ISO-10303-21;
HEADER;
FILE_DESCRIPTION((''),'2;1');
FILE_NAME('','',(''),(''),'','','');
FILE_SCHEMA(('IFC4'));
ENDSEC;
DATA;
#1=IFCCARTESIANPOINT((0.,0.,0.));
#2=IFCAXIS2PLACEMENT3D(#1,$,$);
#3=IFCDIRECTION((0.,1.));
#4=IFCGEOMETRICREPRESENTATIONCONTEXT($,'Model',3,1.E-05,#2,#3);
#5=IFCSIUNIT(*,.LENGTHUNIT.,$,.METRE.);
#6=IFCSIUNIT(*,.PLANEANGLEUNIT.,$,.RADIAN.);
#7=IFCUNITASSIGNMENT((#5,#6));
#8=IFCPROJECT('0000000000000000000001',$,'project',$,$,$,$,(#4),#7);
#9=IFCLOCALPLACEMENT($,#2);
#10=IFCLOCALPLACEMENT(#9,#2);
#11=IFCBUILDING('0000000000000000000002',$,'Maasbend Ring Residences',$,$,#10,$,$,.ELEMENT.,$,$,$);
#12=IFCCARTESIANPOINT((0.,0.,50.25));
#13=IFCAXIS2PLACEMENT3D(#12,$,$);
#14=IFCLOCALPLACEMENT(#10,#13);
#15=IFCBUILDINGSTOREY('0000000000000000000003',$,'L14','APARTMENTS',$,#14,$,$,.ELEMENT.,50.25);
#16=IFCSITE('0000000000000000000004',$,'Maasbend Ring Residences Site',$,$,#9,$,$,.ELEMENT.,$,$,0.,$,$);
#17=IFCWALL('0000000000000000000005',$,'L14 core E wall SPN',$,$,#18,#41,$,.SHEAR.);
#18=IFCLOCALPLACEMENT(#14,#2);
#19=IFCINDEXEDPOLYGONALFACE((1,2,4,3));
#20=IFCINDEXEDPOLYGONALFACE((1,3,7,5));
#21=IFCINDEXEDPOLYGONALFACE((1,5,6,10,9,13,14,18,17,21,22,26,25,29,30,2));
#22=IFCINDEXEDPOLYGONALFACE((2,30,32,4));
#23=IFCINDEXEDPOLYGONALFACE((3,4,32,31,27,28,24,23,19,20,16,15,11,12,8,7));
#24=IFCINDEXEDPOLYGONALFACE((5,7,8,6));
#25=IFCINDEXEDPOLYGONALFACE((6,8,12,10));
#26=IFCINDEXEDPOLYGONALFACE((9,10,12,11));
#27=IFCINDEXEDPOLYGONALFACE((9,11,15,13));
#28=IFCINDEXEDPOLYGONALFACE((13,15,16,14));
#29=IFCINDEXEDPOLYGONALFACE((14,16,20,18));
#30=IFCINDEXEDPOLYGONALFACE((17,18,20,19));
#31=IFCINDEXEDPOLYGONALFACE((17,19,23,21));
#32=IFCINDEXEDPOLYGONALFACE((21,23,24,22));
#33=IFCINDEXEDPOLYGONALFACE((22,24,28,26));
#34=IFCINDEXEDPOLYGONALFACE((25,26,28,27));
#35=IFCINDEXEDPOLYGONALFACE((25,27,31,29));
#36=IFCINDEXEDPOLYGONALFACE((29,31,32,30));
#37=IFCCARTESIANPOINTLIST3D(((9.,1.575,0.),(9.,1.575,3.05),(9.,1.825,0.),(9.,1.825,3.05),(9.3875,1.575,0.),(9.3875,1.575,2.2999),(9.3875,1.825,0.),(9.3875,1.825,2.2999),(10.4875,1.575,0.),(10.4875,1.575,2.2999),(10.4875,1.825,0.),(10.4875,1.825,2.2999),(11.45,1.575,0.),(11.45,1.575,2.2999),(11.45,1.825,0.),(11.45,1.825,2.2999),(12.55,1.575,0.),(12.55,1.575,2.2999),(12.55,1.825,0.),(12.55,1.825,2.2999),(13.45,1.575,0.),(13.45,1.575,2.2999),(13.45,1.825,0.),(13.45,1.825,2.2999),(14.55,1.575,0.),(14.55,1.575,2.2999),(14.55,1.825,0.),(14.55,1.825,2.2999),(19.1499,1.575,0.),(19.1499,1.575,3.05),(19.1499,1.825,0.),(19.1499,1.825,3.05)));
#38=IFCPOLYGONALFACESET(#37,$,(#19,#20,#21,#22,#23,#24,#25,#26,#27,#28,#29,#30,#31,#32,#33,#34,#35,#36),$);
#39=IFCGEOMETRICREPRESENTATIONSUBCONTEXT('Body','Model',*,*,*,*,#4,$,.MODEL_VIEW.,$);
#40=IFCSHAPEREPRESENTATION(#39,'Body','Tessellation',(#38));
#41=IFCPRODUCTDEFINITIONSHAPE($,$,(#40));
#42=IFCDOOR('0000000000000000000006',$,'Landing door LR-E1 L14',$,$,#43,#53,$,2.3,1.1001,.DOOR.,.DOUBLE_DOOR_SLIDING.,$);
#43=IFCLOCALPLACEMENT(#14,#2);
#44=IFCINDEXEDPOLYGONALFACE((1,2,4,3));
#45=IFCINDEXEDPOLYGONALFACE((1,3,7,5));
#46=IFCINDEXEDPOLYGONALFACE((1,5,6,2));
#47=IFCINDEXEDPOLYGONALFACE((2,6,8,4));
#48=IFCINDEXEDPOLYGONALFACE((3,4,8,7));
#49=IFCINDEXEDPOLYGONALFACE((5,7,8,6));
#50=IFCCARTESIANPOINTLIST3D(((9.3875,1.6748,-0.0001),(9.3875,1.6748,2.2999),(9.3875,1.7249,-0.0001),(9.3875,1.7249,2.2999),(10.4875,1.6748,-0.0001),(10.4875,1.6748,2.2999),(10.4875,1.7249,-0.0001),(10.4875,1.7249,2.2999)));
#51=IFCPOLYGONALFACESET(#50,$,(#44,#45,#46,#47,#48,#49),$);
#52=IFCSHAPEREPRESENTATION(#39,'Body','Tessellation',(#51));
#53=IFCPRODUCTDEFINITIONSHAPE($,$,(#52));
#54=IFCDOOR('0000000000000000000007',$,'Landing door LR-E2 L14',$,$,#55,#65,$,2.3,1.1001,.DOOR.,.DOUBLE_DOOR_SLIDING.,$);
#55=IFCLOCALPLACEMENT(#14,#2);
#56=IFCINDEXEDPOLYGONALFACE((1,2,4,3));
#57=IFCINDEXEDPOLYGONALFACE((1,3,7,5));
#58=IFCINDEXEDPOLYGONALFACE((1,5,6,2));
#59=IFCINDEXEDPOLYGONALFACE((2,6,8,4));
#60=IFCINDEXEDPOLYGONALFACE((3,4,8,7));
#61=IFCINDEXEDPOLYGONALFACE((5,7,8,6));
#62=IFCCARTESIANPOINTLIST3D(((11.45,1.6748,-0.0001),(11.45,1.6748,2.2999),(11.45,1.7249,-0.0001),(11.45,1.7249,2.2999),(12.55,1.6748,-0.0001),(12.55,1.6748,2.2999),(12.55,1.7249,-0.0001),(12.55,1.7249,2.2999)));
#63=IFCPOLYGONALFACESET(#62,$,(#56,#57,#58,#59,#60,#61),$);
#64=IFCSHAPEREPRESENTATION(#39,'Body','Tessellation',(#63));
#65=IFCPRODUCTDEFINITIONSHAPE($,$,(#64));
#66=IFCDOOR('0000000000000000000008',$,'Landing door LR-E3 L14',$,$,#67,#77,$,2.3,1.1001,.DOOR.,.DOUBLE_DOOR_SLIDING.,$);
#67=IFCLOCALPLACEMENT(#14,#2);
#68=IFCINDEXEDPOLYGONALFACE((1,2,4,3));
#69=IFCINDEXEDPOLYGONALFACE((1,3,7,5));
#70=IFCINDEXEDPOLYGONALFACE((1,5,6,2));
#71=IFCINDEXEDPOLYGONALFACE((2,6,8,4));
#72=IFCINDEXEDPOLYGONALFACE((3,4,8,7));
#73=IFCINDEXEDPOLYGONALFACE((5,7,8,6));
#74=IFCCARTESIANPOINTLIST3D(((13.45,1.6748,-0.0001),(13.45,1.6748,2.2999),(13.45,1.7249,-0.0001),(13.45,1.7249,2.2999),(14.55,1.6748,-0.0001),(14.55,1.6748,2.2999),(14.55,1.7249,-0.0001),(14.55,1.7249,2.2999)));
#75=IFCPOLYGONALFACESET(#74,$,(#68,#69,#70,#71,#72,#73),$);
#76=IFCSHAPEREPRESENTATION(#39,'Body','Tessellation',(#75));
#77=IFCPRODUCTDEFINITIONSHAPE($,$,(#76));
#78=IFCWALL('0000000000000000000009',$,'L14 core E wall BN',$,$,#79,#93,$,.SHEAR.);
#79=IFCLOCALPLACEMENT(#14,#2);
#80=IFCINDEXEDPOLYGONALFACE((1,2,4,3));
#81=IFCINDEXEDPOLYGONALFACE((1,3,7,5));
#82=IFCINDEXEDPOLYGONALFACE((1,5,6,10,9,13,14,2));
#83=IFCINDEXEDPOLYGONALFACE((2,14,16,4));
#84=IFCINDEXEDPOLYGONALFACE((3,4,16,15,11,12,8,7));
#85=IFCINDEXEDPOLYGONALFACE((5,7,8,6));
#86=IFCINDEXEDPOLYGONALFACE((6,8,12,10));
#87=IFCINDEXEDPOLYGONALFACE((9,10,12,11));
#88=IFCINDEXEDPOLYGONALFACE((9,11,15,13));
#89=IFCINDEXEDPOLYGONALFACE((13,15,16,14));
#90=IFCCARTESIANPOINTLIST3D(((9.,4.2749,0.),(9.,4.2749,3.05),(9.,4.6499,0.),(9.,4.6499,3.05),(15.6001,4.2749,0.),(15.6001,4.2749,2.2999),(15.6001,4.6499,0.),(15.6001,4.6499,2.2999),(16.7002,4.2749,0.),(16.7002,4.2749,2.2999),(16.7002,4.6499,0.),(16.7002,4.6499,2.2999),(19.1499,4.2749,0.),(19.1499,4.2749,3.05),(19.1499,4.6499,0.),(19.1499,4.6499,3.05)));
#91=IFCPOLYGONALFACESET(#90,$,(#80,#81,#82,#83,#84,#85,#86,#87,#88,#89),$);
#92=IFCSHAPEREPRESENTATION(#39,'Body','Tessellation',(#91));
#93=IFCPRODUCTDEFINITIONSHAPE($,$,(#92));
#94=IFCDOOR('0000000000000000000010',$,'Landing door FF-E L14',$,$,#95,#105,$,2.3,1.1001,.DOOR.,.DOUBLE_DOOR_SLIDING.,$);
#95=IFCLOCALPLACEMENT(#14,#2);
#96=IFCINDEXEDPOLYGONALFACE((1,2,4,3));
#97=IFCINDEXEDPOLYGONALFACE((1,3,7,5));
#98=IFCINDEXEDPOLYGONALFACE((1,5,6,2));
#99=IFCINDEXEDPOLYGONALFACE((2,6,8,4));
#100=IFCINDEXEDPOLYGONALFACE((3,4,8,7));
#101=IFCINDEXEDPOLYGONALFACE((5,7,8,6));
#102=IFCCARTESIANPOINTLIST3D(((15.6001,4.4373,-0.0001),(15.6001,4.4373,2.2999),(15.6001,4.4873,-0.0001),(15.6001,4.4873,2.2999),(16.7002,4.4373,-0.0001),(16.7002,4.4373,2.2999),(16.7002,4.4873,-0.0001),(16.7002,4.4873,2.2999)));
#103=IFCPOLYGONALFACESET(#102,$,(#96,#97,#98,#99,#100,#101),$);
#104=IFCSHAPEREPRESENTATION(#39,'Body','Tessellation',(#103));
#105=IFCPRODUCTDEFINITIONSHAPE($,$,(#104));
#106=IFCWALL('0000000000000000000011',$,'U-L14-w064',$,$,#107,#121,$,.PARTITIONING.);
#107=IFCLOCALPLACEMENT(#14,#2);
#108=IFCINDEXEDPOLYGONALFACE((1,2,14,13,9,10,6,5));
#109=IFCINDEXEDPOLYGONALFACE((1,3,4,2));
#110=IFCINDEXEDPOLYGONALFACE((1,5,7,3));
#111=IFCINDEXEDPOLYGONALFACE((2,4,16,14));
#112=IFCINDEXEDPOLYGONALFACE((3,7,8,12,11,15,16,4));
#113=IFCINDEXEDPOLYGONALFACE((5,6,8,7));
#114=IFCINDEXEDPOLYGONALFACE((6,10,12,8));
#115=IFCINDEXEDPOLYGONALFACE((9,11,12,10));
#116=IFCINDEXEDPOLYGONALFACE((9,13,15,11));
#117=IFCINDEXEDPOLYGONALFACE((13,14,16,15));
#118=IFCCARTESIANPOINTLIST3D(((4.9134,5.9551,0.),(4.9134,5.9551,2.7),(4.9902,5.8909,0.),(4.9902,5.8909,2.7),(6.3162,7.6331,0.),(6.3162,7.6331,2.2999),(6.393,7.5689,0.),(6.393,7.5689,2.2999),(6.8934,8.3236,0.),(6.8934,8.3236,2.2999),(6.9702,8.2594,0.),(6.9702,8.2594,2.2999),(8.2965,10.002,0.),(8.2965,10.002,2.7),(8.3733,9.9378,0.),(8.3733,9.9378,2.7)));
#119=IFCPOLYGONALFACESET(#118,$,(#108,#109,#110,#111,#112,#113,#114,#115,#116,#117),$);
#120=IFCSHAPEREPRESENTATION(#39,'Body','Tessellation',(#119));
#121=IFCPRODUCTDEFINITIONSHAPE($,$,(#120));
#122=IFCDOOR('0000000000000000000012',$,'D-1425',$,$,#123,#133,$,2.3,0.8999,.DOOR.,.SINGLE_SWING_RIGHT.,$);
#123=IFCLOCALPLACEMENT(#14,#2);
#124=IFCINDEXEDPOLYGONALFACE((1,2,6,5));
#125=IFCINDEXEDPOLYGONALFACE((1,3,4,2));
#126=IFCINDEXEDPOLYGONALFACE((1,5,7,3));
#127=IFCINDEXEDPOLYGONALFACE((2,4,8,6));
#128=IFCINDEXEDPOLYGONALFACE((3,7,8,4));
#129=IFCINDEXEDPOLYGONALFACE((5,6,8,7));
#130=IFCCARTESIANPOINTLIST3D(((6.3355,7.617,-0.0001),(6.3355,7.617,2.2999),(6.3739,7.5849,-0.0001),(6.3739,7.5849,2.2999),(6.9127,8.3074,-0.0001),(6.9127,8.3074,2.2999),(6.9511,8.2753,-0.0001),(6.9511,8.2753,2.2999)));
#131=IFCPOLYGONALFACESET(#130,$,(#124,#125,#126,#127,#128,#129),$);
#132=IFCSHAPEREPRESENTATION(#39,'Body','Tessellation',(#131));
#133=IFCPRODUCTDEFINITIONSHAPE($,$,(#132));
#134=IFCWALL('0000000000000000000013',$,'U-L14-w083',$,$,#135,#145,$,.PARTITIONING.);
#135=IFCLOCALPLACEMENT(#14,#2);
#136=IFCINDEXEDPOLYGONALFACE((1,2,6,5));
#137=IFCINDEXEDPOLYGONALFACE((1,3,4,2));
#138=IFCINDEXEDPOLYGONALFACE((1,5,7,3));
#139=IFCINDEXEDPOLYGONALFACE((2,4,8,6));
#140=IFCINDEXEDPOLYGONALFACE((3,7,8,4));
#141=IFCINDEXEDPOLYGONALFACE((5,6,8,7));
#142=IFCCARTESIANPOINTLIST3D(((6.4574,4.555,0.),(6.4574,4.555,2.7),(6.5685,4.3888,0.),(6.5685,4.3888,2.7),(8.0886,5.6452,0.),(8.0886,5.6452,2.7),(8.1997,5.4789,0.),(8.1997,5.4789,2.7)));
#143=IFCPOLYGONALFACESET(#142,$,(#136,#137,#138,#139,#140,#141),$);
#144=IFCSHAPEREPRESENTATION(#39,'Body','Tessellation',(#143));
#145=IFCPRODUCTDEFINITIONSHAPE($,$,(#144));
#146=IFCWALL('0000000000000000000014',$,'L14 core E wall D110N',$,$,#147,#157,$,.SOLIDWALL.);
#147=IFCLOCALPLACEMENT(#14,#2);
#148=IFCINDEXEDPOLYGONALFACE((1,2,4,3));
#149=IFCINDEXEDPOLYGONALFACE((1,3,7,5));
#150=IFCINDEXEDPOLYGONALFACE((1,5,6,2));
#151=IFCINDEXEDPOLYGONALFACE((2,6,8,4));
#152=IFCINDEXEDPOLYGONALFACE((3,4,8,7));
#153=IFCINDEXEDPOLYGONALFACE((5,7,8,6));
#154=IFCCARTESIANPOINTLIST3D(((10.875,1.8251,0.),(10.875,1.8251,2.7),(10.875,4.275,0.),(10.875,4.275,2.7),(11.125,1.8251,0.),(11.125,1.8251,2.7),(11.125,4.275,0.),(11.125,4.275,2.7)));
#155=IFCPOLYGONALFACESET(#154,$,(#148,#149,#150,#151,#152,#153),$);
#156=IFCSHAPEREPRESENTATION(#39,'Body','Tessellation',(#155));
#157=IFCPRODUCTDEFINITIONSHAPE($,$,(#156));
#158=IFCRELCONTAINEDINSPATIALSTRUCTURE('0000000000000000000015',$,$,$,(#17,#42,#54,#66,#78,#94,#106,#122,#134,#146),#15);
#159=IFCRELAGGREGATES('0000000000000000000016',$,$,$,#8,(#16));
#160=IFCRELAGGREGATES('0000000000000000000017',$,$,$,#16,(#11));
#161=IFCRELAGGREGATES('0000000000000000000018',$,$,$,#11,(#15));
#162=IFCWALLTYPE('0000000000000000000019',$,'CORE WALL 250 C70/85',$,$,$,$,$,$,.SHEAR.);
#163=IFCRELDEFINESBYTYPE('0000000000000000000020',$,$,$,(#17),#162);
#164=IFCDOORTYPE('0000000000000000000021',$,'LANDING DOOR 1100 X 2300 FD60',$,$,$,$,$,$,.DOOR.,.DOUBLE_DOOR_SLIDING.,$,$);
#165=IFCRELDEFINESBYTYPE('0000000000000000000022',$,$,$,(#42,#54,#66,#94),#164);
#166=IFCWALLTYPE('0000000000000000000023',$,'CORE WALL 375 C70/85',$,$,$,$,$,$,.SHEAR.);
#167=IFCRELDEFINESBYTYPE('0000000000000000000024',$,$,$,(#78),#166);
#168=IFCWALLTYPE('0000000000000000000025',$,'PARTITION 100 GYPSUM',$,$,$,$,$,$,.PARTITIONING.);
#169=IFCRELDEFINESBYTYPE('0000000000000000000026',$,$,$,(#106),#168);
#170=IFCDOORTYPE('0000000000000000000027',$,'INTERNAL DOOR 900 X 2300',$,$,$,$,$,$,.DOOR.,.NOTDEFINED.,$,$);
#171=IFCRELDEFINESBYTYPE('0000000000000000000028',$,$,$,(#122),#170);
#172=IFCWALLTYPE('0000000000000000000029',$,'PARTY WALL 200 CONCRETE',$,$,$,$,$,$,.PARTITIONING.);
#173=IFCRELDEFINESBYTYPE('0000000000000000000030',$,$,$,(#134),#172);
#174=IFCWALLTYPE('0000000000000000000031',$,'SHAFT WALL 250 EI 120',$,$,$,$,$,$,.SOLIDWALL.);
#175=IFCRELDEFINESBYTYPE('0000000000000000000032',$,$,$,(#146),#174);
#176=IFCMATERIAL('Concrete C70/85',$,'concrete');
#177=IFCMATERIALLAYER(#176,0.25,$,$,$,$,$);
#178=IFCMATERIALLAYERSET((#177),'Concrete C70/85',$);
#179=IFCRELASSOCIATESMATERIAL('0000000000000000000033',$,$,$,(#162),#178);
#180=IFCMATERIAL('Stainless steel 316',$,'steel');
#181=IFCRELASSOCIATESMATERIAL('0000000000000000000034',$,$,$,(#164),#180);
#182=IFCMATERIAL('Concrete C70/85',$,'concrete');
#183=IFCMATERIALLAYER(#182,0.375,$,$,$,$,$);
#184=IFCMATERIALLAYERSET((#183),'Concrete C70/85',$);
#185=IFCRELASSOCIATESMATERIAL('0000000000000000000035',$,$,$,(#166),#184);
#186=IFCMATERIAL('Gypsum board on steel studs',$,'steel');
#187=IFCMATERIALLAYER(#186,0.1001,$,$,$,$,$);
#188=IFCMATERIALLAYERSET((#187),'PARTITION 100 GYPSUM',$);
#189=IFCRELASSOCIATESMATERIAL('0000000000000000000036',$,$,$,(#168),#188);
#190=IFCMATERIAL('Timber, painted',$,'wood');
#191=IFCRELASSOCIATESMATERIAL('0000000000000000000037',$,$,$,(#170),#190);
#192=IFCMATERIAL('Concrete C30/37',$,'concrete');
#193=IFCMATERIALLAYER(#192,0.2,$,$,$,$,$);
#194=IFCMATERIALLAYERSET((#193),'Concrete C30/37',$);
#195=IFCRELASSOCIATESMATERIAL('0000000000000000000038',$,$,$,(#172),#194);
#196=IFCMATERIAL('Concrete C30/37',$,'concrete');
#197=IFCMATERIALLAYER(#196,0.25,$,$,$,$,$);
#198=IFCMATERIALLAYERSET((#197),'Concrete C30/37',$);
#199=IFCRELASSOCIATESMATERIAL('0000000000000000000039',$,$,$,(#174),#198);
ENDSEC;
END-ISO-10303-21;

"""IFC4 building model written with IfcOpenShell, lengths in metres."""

from ifc_helpers import new_model, si_unit, direction, frame, frame_2d, origin, place, context, subcontext, project, spatial, rectangle, extrude, material, layer, layer_set, type_object, element, fill, save


model = new_model("IFC4")

# Units and contexts
model_context = context("Model", 3, precision=1e-05, world=origin(), true_north=direction((0.0, 1.0)))
body_context = subcontext(model_context, "Body", "Model", "MODEL_VIEW")
ifc_project = project(units=[si_unit("LENGTHUNIT", "METRE"), si_unit("PLANEANGLEUNIT", "RADIAN")], contexts=[model_context])

# Site, building, storey
site_placement = place(None, origin())
site = spatial("IfcSite", under=ifc_project, at=site_placement, Name="Maasbend Ring Residences Site", CompositionType="ELEMENT", RefElevation=0.0)
building_placement = place(site_placement, origin())
building = spatial("IfcBuilding", under=site, at=building_placement, Name="Maasbend Ring Residences", CompositionType="ELEMENT")
storey_placement = place(building_placement, frame((0.0, 0.0, 50.25)))
storey = spatial("IfcBuildingStorey", under=building, at=storey_placement, Name="L14", Description="APARTMENTS", CompositionType="ELEMENT", Elevation=50.25)

# Wall, openings, doors
ifc_material_1 = material(Name="Concrete C70/85", Category="concrete")
ifc_layer_1 = layer(ifc_material_1, 0.25)
ifc_layer_set_1 = layer_set([ifc_layer_1], Name="Concrete C70/85")
wall_type_1 = type_object("IfcWallType", Name="CORE WALL 250 C70/85", PredefinedType="SHEAR", material=ifc_layer_set_1)
wall_1_placement = place(storey_placement, frame((9.0, 1.7, 0.0), z_axis=(0.0, 0.0, 1.0), x_axis=(1.0, 0.0, 0.0)))
wall_1 = element("IfcWall", 1, at=wall_1_placement, inside=storey, type_object=wall_type_1, Name="L14 core E wall SPN", PredefinedType="SHEAR", context=body_context, shape_type="SweptSolid", body=[
    extrude(rectangle(XDim=10.1499, YDim=0.25, at=frame_2d((5.075, 0.0))), origin(), (0.0, 0.0, 1.0), 3.05),
])
opening_1_placement = place(wall_1_placement, frame((0.3875, 0.0, 0.0)))
opening_1 = element("IfcOpeningElement", 2, at=opening_1_placement, cuts=wall_1, PredefinedType="OPENING", context=body_context, shape_type="SweptSolid", body=[
    extrude(rectangle(XDim=1.1001, YDim=2.3, at=frame_2d((0.55, 1.1499))), frame((0.0, 0.135, 0.0), z_axis=(0.0, -1.0, 0.0), x_axis=(1.0, 0.0, 0.0)), (0.0, 0.0, 1.0), 0.27),
])
opening_2_placement = place(wall_1_placement, frame((2.45, 0.0, 0.0)))
opening_2 = element("IfcOpeningElement", 3, at=opening_2_placement, cuts=wall_1, PredefinedType="OPENING", context=body_context, shape_type="SweptSolid", body=[
    extrude(rectangle(XDim=1.1001, YDim=2.3, at=frame_2d((0.55, 1.1499))), frame((0.0, 0.135, 0.0), z_axis=(0.0, -1.0, 0.0), x_axis=(1.0, 0.0, 0.0)), (0.0, 0.0, 1.0), 0.27),
])
opening_3_placement = place(wall_1_placement, frame((4.45, 0.0, 0.0)))
opening_3 = element("IfcOpeningElement", 4, at=opening_3_placement, cuts=wall_1, PredefinedType="OPENING", context=body_context, shape_type="SweptSolid", body=[
    extrude(rectangle(XDim=1.1001, YDim=2.3, at=frame_2d((0.55, 1.1499))), frame((0.0, 0.135, 0.0), z_axis=(0.0, -1.0, 0.0), x_axis=(1.0, 0.0, 0.0)), (0.0, 0.0, 1.0), 0.27),
])
ifc_material_2 = material(Name="Stainless steel 316", Category="steel")
door_type_1 = type_object("IfcDoorType", Name="LANDING DOOR 1100 X 2300 FD60", OperationType="DOUBLE_DOOR_SLIDING", PredefinedType="DOOR", material=ifc_material_2)
door_1_placement = place(opening_1_placement, origin())
door_1 = element("IfcDoor", 5, at=door_1_placement, inside=storey, type_object=door_type_1, Name="Landing door LR-E1 L14", OperationType="DOUBLE_DOOR_SLIDING", OverallHeight=2.3, OverallWidth=1.1001, PredefinedType="DOOR", context=body_context, shape_type="SweptSolid", body=[
    extrude(rectangle(XDim=1.1001, YDim=2.3, at=frame_2d((0.55, 1.1499))), frame((0.0, 0.0249, 0.0), z_axis=(0.0, -1.0, 0.0), x_axis=(1.0, 0.0, 0.0)), (0.0, 0.0, 1.0), 0.05),
])
fill(opening_1, door_1)
door_2_placement = place(opening_2_placement, origin())
door_2 = element("IfcDoor", 6, at=door_2_placement, inside=storey, type_object=door_type_1, Name="Landing door LR-E2 L14", OperationType="DOUBLE_DOOR_SLIDING", OverallHeight=2.3, OverallWidth=1.1001, PredefinedType="DOOR", context=body_context, shape_type="SweptSolid", body=[
    extrude(rectangle(XDim=1.1001, YDim=2.3, at=frame_2d((0.55, 1.1499))), frame((0.0, 0.0249, 0.0), z_axis=(0.0, -1.0, 0.0), x_axis=(1.0, 0.0, 0.0)), (0.0, 0.0, 1.0), 0.05),
])
fill(opening_2, door_2)
door_3_placement = place(opening_3_placement, origin())
door_3 = element("IfcDoor", 7, at=door_3_placement, inside=storey, type_object=door_type_1, Name="Landing door LR-E3 L14", OperationType="DOUBLE_DOOR_SLIDING", OverallHeight=2.3, OverallWidth=1.1001, PredefinedType="DOOR", context=body_context, shape_type="SweptSolid", body=[
    extrude(rectangle(XDim=1.1001, YDim=2.3, at=frame_2d((0.55, 1.1499))), frame((0.0, 0.0249, 0.0), z_axis=(0.0, -1.0, 0.0), x_axis=(1.0, 0.0, 0.0)), (0.0, 0.0, 1.0), 0.05),
])
fill(opening_3, door_3)

# Walls, openings, doors
ifc_material_3 = material(Name="Concrete C70/85", Category="concrete")
ifc_layer_2 = layer(ifc_material_3, 0.375)
ifc_layer_set_2 = layer_set([ifc_layer_2], Name="Concrete C70/85")
wall_type_2 = type_object("IfcWallType", Name="CORE WALL 375 C70/85", PredefinedType="SHEAR", material=ifc_layer_set_2)
wall_2_placement = place(storey_placement, frame((9.0, 4.4624, 0.0), z_axis=(0.0, 0.0, 1.0), x_axis=(1.0, 0.0, 0.0)))
wall_2 = element("IfcWall", 8, at=wall_2_placement, inside=storey, type_object=wall_type_2, Name="L14 core E wall BN", PredefinedType="SHEAR", context=body_context, shape_type="SweptSolid", body=[
    extrude(rectangle(XDim=10.1499, YDim=0.375, at=frame_2d((5.075, 0.0))), origin(), (0.0, 0.0, 1.0), 3.05),
])
opening_4_placement = place(wall_2_placement, frame((6.6001, 0.0, 0.0)))
opening_4 = element("IfcOpeningElement", 9, at=opening_4_placement, cuts=wall_2, PredefinedType="OPENING", context=body_context, shape_type="SweptSolid", body=[
    extrude(rectangle(XDim=1.1001, YDim=2.3, at=frame_2d((0.55, 1.1499))), frame((0.0, 0.1975, 0.0), z_axis=(0.0, -1.0, 0.0), x_axis=(1.0, 0.0, 0.0)), (0.0, 0.0, 1.0), 0.395),
])
door_4_placement = place(opening_4_placement, origin())
door_4 = element("IfcDoor", 10, at=door_4_placement, inside=storey, type_object=door_type_1, Name="Landing door FF-E L14", OperationType="DOUBLE_DOOR_SLIDING", OverallHeight=2.3, OverallWidth=1.1001, PredefinedType="DOOR", context=body_context, shape_type="SweptSolid", body=[
    extrude(rectangle(XDim=1.1001, YDim=2.3, at=frame_2d((0.55, 1.1499))), frame((0.0, 0.0249, 0.0), z_axis=(0.0, -1.0, 0.0), x_axis=(1.0, 0.0, 0.0)), (0.0, 0.0, 1.0), 0.05),
])
fill(opening_4, door_4)
ifc_material_4 = material(Name="Gypsum board on steel studs", Category="steel")
ifc_layer_3 = layer(ifc_material_4, 0.1001)
ifc_layer_set_3 = layer_set([ifc_layer_3], Name="PARTITION 100 GYPSUM")
wall_type_3 = type_object("IfcWallType", Name="PARTITION 100 GYPSUM", PredefinedType="PARTITIONING", material=ifc_layer_set_3)
wall_3_placement = place(storey_placement, frame((4.9519, 5.9231, 0.0), z_axis=(0.0, 0.0, 1.0), x_axis=(0.641376, 0.767226, 0.0)))
wall_3 = element("IfcWall", 11, at=wall_3_placement, inside=storey, type_object=wall_type_3, Name="U-L14-w064", PredefinedType="PARTITIONING", context=body_context, shape_type="SweptSolid", body=[
    extrude(rectangle(XDim=5.2747, YDim=0.1001, at=frame_2d((2.6372, 0.0))), origin(), (0.0, 0.0, 1.0), 2.7),
])
opening_5_placement = place(wall_3_placement, frame((2.187, 0.0, 0.0)))
opening_5 = element("IfcOpeningElement", 12, at=opening_5_placement, cuts=wall_3, PredefinedType="OPENING", context=body_context, shape_type="SweptSolid", body=[
    extrude(rectangle(XDim=0.8999, YDim=2.3, at=frame_2d((0.45, 1.1499))), frame((0.0, 0.0601, 0.0), z_axis=(0.0, -1.0, 0.0), x_axis=(1.0, 0.0, 0.0)), (0.0, 0.0, 1.0), 0.1201),
])
ifc_material_5 = material(Name="Timber, painted", Category="wood")
door_type_2 = type_object("IfcDoorType", Name="INTERNAL DOOR 900 X 2300", OperationType="NOTDEFINED", PredefinedType="DOOR", material=ifc_material_5)
door_5_placement = place(opening_5_placement, origin())
door_5 = element("IfcDoor", 13, at=door_5_placement, inside=storey, type_object=door_type_2, Name="D-1425", OperationType="SINGLE_SWING_RIGHT", OverallHeight=2.3, OverallWidth=0.8999, PredefinedType="DOOR", context=body_context, shape_type="SweptSolid", body=[
    extrude(rectangle(XDim=0.8999, YDim=2.3, at=frame_2d((0.45, 1.1499))), frame((0.0, 0.0249, 0.0), z_axis=(0.0, -1.0, 0.0), x_axis=(1.0, 0.0, 0.0)), (0.0, 0.0, 1.0), 0.05),
])
fill(opening_5, door_5)

# Walls
ifc_material_6 = material(Name="Concrete C30/37", Category="concrete")
ifc_layer_4 = layer(ifc_material_6, 0.2)
ifc_layer_set_4 = layer_set([ifc_layer_4], Name="Concrete C30/37")
wall_type_4 = type_object("IfcWallType", Name="PARTY WALL 200 CONCRETE", PredefinedType="PARTITIONING", material=ifc_layer_set_4)
wall_4_placement = place(storey_placement, frame((6.5129, 4.4719, 0.0), z_axis=(0.0, 0.0, 1.0), x_axis=(0.831418, 0.555648, 0.0)))
element("IfcWall", 14, at=wall_4_placement, inside=storey, type_object=wall_type_4, Name="U-L14-w083", PredefinedType="PARTITIONING", context=body_context, shape_type="SweptSolid", body=[
    extrude(rectangle(XDim=1.9619, YDim=0.2, at=frame_2d((0.981, 0.0))), origin(), (0.0, 0.0, 1.0), 2.7),
])
ifc_material_7 = material(Name="Concrete C30/37", Category="concrete")
ifc_layer_5 = layer(ifc_material_7, 0.25)
ifc_layer_set_5 = layer_set([ifc_layer_5], Name="Concrete C30/37")
wall_type_5 = type_object("IfcWallType", Name="SHAFT WALL 250 EI 120", PredefinedType="SOLIDWALL", material=ifc_layer_set_5)
for number, where, z_axis, x_axis, name in (
    (15, (11.0, 1.825, 0.0), (0.0, 0.0, 1.0), (0.0, 1.0, 0.0), "L14 core E wall D110N"),
):
    element("IfcWall", number, at=place(storey_placement, frame(where, z_axis=z_axis, x_axis=x_axis)), inside=storey, type_object=wall_type_5, Name=name, PredefinedType="SOLIDWALL", context=body_context, shape_type="SweptSolid", body=[
        extrude(rectangle(XDim=2.45, YDim=0.25, at=frame_2d((1.2251, 0.0))), origin(), (0.0, 0.0, 1.0), 2.7),
    ])

save(model, "model.ifc")
